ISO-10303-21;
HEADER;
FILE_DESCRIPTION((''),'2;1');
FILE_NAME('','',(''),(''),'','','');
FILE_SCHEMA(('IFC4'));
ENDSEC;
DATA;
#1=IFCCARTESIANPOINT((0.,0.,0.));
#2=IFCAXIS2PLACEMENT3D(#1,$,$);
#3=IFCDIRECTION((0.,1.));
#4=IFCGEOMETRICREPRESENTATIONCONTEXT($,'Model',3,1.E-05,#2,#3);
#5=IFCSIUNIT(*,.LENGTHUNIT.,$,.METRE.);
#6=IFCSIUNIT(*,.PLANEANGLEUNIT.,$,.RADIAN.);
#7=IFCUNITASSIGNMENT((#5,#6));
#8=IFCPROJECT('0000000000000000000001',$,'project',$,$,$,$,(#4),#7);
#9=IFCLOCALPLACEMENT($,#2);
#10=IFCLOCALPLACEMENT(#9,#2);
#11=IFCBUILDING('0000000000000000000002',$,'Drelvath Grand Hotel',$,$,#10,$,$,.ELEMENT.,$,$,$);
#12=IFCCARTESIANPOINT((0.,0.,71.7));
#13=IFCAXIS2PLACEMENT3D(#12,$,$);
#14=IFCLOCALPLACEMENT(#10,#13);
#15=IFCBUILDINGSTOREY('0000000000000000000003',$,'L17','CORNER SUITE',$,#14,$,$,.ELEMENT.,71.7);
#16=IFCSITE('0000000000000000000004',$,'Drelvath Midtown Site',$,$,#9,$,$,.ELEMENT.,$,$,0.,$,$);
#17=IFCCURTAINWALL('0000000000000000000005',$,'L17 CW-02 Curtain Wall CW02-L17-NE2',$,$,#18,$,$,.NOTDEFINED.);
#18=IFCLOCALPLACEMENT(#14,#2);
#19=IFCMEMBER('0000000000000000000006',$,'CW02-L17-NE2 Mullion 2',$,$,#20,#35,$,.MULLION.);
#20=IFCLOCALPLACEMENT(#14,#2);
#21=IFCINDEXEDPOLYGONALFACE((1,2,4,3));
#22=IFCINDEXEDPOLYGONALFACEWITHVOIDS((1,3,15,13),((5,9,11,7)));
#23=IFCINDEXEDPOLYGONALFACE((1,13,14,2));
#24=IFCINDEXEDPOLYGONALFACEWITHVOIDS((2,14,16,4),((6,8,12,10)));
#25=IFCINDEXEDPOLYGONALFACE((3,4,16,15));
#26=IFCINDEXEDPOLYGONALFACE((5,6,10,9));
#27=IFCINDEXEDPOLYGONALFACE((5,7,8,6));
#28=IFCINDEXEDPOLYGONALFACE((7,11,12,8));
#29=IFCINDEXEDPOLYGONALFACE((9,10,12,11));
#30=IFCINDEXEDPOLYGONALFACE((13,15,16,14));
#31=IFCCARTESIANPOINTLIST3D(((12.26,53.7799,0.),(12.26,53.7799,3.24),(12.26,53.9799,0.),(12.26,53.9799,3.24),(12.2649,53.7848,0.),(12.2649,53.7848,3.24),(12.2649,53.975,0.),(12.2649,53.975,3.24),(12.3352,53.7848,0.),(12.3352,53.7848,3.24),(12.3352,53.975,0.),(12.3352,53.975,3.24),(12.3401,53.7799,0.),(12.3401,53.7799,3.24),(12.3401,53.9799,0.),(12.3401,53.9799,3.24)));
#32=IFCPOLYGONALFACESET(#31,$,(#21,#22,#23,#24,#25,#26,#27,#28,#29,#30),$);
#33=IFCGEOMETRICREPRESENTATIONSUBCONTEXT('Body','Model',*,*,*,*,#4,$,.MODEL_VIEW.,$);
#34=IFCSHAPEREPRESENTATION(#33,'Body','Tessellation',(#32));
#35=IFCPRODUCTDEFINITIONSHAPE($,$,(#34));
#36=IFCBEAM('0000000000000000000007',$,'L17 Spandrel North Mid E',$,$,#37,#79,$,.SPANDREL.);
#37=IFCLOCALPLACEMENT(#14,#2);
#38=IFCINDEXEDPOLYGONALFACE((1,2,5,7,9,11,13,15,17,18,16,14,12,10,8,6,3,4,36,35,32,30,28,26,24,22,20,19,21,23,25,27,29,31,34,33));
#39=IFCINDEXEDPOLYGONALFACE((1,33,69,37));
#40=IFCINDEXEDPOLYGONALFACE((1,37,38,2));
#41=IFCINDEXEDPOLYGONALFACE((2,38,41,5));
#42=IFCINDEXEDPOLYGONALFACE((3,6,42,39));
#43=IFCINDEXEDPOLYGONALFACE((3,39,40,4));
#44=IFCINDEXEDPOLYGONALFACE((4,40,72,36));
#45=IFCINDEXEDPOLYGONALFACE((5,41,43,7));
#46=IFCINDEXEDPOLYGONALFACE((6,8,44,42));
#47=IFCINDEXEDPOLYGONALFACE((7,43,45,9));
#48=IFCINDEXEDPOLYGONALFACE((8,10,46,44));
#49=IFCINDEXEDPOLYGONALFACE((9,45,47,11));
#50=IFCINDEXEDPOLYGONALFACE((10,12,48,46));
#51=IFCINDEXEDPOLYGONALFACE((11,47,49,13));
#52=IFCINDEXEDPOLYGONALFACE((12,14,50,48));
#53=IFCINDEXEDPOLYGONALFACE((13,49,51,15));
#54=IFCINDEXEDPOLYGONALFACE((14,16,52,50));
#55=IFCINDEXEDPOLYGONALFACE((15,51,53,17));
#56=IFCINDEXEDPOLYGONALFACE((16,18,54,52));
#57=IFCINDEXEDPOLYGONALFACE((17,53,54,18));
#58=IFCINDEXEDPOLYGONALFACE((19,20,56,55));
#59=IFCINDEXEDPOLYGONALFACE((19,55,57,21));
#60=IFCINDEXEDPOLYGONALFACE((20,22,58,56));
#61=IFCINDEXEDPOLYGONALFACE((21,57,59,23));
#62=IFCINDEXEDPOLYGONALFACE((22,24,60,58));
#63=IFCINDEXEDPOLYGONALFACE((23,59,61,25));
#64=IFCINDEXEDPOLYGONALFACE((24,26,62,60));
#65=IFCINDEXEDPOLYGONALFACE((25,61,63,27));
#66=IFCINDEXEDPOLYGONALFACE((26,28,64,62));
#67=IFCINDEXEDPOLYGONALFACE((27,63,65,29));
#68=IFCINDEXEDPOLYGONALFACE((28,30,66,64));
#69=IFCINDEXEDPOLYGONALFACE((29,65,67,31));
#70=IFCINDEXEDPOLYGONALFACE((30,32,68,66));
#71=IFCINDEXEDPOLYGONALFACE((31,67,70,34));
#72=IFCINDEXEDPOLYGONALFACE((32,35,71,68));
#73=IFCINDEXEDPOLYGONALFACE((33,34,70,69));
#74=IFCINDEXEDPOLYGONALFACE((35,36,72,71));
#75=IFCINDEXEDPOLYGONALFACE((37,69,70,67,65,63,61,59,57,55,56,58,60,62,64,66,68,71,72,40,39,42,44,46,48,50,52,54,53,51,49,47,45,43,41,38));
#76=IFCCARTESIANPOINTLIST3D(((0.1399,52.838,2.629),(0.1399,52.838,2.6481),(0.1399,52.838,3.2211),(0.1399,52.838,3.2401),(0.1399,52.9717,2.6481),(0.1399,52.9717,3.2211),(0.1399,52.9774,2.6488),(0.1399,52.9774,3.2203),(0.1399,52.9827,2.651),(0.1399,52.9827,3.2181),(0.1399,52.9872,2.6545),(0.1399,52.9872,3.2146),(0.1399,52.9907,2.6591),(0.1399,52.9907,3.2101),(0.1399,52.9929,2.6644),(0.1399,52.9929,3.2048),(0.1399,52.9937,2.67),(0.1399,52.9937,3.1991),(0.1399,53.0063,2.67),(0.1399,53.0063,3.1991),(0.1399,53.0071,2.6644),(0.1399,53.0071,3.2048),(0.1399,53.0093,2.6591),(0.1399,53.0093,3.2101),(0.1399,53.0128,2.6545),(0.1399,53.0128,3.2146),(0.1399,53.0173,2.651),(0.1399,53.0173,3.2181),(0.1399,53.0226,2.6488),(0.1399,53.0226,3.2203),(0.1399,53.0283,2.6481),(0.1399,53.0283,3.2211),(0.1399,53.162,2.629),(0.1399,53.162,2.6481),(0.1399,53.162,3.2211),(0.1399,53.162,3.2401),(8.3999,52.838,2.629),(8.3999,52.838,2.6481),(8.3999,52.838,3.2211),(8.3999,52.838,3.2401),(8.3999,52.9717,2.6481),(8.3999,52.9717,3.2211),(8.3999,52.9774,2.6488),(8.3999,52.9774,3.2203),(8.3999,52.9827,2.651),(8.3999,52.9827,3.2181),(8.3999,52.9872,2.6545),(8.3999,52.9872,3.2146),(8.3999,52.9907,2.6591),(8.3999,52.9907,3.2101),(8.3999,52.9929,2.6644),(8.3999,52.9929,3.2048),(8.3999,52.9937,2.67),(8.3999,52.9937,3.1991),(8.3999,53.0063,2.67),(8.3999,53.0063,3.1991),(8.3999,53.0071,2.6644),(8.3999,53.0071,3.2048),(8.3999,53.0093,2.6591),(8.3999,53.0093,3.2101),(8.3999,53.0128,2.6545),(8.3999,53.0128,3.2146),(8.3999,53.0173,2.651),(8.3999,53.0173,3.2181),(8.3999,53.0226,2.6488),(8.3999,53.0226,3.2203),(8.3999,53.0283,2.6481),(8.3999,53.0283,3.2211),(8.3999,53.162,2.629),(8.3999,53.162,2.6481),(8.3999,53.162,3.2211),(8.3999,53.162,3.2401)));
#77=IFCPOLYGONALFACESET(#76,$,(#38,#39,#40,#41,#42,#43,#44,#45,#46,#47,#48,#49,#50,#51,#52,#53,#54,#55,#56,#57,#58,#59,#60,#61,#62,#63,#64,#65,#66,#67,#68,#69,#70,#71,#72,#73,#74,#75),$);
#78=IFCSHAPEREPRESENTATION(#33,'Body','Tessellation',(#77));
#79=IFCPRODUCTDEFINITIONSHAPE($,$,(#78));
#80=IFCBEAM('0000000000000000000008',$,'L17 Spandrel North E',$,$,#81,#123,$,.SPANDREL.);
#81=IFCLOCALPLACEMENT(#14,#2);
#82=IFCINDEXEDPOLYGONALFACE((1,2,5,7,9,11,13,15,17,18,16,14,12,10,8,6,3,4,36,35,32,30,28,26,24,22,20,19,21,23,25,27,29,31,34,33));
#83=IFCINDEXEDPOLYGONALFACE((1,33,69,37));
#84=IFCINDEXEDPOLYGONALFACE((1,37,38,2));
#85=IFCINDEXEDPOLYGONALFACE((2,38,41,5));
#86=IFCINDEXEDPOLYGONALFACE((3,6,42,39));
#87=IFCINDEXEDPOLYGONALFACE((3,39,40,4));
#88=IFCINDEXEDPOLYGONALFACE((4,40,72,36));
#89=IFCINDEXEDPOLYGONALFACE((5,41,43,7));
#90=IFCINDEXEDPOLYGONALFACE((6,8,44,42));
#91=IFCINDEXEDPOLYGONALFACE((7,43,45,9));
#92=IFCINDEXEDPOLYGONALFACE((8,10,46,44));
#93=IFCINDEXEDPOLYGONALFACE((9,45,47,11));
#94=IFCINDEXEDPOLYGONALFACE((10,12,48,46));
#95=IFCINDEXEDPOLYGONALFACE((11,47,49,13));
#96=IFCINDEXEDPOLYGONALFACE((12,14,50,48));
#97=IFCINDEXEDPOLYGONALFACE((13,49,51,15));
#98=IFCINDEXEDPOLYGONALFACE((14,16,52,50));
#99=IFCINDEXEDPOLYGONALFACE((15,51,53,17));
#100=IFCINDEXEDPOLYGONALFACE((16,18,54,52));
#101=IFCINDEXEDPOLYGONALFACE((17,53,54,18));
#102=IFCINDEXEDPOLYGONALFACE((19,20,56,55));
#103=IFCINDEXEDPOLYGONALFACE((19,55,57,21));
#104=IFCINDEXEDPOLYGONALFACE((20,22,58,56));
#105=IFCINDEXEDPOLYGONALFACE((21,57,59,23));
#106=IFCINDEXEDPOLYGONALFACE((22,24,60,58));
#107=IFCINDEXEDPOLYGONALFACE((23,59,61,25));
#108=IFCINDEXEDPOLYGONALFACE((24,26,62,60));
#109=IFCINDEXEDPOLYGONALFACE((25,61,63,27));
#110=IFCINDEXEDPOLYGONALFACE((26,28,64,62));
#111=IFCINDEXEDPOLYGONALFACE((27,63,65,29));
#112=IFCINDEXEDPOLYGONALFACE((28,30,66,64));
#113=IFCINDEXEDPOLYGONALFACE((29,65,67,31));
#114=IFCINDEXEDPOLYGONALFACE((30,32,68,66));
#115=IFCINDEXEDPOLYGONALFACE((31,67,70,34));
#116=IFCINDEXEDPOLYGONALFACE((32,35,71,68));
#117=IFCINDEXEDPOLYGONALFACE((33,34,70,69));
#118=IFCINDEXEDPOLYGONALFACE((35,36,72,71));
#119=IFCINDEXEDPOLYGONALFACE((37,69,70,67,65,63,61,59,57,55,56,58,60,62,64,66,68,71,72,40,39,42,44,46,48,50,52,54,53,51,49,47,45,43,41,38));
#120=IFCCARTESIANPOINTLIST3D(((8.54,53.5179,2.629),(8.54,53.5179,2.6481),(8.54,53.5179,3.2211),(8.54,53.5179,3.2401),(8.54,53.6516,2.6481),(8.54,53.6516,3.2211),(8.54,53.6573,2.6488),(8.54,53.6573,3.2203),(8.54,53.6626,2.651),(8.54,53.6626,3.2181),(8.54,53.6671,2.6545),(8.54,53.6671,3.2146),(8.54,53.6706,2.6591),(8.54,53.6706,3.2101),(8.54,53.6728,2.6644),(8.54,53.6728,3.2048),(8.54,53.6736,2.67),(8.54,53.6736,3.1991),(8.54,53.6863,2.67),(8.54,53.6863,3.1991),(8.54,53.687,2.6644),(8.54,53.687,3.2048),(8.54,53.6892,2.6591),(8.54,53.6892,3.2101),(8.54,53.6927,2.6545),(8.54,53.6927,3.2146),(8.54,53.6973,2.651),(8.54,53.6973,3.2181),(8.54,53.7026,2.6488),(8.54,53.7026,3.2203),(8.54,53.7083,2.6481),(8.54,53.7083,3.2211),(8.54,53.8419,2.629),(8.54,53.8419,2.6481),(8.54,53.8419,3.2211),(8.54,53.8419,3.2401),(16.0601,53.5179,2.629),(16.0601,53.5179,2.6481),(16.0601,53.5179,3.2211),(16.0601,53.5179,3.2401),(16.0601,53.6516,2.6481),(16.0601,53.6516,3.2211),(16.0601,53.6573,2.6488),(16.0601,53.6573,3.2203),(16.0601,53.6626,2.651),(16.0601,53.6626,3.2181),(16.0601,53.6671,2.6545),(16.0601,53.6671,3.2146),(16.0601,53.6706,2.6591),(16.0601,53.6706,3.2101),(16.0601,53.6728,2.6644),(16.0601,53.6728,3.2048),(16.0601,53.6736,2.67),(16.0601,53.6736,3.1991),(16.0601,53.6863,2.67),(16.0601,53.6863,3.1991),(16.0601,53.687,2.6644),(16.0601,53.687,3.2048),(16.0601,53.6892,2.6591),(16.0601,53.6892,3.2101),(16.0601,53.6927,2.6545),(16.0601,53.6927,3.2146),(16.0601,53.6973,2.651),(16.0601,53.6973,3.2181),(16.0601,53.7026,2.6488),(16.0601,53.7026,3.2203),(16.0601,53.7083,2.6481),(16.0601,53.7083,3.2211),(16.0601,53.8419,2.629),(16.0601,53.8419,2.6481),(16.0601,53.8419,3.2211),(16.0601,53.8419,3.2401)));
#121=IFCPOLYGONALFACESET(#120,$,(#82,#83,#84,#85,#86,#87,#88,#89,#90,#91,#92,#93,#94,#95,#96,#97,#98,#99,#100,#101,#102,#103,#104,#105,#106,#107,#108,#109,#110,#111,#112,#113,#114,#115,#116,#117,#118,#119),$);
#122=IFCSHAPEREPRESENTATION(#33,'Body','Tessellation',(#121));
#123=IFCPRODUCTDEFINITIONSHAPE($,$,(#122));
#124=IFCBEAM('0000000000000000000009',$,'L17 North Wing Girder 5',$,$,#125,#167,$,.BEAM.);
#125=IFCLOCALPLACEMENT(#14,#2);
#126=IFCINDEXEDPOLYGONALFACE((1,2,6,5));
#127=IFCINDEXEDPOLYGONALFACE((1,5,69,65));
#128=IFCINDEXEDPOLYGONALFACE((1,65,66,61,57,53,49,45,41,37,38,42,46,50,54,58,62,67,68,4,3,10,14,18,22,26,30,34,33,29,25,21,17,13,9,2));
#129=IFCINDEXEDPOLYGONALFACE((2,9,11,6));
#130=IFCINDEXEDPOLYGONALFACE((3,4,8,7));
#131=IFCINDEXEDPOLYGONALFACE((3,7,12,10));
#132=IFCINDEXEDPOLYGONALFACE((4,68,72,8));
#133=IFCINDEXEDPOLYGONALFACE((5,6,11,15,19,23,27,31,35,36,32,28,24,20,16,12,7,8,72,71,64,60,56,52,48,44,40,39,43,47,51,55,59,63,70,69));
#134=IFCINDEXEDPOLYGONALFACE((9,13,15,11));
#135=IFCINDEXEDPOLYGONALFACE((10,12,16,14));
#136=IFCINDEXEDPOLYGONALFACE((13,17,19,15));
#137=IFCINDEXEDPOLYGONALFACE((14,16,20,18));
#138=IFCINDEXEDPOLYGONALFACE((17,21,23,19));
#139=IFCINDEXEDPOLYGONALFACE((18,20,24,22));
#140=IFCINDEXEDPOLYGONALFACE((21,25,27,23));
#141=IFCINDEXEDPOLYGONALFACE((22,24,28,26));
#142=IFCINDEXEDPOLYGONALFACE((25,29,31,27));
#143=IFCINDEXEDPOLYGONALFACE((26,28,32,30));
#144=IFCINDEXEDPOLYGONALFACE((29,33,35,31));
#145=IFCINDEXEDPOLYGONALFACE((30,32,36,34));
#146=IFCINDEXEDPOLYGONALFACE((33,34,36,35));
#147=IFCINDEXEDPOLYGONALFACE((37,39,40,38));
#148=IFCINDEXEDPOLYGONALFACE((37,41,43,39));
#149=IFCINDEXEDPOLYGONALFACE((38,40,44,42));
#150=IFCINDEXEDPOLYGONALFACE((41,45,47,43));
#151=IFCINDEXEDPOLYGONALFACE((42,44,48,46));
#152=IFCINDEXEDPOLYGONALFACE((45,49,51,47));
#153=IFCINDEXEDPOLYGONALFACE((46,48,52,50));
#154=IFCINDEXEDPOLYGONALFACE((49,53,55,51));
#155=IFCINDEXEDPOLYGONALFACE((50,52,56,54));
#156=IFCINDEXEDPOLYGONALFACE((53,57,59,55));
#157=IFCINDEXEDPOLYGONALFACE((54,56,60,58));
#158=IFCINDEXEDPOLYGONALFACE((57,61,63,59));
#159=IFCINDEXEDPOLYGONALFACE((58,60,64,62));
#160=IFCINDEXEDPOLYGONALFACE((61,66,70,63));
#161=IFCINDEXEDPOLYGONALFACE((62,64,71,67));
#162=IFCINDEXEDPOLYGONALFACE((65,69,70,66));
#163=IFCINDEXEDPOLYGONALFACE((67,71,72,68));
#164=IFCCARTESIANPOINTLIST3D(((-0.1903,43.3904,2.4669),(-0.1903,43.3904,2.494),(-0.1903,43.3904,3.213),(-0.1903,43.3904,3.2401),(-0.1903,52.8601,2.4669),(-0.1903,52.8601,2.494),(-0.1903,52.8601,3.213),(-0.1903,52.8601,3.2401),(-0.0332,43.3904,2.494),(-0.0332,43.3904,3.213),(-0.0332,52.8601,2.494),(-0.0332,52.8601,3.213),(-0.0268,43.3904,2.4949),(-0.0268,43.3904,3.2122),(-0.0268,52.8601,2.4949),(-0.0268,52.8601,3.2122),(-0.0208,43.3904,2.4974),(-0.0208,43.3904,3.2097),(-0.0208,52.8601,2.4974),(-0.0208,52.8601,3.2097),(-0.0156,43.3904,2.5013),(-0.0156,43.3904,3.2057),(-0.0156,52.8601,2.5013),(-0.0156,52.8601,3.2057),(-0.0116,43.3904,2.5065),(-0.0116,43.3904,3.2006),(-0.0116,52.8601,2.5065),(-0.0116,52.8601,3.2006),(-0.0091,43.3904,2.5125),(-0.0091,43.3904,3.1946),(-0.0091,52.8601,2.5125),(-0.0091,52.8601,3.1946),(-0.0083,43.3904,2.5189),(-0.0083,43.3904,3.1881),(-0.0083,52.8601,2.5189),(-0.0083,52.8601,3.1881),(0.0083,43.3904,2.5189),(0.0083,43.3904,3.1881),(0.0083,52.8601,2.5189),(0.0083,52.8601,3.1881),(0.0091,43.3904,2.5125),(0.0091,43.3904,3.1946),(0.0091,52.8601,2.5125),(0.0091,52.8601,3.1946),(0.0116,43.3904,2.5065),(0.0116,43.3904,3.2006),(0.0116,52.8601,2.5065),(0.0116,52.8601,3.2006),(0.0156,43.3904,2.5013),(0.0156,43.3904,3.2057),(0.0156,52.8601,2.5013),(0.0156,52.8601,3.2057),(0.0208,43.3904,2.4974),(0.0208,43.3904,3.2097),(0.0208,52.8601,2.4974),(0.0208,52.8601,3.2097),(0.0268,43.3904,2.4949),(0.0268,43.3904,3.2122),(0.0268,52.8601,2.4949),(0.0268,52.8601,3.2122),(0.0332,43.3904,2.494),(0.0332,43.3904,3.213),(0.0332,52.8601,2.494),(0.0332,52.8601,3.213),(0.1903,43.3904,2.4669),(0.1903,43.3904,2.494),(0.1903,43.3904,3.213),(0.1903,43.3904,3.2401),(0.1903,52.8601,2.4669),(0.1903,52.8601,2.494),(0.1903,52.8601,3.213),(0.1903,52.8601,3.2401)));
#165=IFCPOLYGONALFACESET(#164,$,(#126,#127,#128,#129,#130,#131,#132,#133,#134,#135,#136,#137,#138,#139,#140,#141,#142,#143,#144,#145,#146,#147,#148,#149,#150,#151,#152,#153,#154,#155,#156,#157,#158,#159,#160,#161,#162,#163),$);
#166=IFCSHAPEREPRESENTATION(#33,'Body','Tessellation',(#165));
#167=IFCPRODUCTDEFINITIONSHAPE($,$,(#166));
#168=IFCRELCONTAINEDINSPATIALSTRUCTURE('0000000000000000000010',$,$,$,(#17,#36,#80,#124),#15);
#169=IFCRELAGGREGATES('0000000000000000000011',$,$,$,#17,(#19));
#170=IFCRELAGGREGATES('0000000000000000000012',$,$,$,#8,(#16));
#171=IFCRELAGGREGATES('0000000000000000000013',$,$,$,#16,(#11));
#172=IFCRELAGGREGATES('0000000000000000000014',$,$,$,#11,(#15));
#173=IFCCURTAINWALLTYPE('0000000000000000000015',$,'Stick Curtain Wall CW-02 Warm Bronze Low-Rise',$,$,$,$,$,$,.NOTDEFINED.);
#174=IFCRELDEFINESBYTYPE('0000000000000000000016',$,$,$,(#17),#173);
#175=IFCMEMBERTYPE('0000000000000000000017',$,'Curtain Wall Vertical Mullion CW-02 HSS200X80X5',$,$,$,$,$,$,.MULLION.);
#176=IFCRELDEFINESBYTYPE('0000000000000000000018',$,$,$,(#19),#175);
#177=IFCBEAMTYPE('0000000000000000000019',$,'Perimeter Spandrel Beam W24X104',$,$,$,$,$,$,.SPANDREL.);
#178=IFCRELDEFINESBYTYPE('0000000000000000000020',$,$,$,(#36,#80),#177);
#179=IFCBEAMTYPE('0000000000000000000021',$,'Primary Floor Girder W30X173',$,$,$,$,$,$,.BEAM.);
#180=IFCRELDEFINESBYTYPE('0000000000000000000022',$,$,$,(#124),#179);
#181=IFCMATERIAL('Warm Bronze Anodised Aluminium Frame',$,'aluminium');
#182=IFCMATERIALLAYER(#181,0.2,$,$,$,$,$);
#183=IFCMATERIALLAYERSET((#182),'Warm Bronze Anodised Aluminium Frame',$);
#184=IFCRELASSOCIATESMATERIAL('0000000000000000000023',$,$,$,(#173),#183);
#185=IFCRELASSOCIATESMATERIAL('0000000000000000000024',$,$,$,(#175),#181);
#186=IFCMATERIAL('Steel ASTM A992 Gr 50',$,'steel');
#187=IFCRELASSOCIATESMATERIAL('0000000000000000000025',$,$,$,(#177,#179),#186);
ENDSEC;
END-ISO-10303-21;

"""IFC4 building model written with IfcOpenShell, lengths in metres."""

from ifc_helpers import new_model, si_unit, direction, frame, origin, origin_2d, place, context, subcontext, project, spatial, hollow_rectangle, i_section, extrude, material, layer, layer_set, material_profile, profile_set, type_object, element, aggregate, save


model = new_model("IFC4")

# Units and contexts
model_context = context("Model", 3, precision=1e-05, world=origin(), true_north=direction((0.0, 1.0)))
body_context = subcontext(model_context, "Body", "Model", "MODEL_VIEW")
ifc_project = project(units=[si_unit("LENGTHUNIT", "METRE"), si_unit("PLANEANGLEUNIT", "RADIAN")], contexts=[model_context])

# Site, building, storey
site_placement = place(None, origin())
site = spatial("IfcSite", under=ifc_project, at=site_placement, Name="Drelvath Midtown Site", CompositionType="ELEMENT", RefElevation=0.0)
building_placement = place(site_placement, origin())
building = spatial("IfcBuilding", under=site, at=building_placement, Name="Drelvath Grand Hotel", CompositionType="ELEMENT")
storey_placement = place(building_placement, frame((0.0, 0.0, 71.7)))
storey = spatial("IfcBuildingStorey", under=building, at=storey_placement, Name="L17", Description="CORNER SUITE", CompositionType="ELEMENT", Elevation=71.7)

# Curtain wall
ifc_material_1 = material(Name="Warm Bronze Anodised Aluminium Frame", Category="aluminium")
ifc_layer_1 = layer(ifc_material_1, 0.2)
ifc_layer_set_1 = layer_set([ifc_layer_1], Name="Warm Bronze Anodised Aluminium Frame")
curtain_wall_type = type_object("IfcCurtainWallType", Name="Stick Curtain Wall CW-02 Warm Bronze Low-Rise", PredefinedType="NOTDEFINED", material=ifc_layer_set_1)
curtain_wall_1_placement = place(storey_placement, origin())
curtain_wall_1 = element("IfcCurtainWall", 1, at=curtain_wall_1_placement, inside=storey, type_object=curtain_wall_type, Name="L17 CW-02 Curtain Wall CW02-L17-NE2", PredefinedType="NOTDEFINED")

# Member
ifc_material_profile_1 = material_profile(ifc_material_1, hollow_rectangle(XDim=0.0801, YDim=0.2, WallThickness=0.0049, at=origin_2d()), Name="HSS200X80X5")
ifc_profile_set_1 = profile_set([ifc_material_profile_1], Name="Warm Bronze Anodised Aluminium Frame")
member_type_1 = type_object("IfcMemberType", Name="Curtain Wall Vertical Mullion CW-02 HSS200X80X5", PredefinedType="MULLION", material=ifc_profile_set_1)
member_1_placement = place(storey_placement, frame((12.3, 53.8799, 0.0), z_axis=(0.0, 0.0, 1.0), x_axis=(1.0, 0.0, 0.0)))
member_1 = element("IfcMember", 2, at=member_1_placement, type_object=member_type_1, Name="CW02-L17-NE2 Mullion 2", PredefinedType="MULLION", context=body_context, shape_type="SweptSolid", body=[
    extrude(hollow_rectangle(XDim=0.0801, YDim=0.2, WallThickness=0.0049, at=origin_2d()), origin(), (0.0, 0.0, 1.0), 3.24),
])

# Beams
ifc_material_2 = material(Name="Steel ASTM A992 Gr 50", Category="steel")
ifc_material_profile_2 = material_profile(ifc_material_2, i_section(OverallWidth=0.324, OverallDepth=0.6111, WebThickness=0.0127, FlangeThickness=0.019, FilletRadius=0.022, at=origin_2d()), Name="W24X104")
ifc_profile_set_2 = profile_set([ifc_material_profile_2], Name="Steel ASTM A992 Gr 50")
beam_type_1 = type_object("IfcBeamType", Name="Perimeter Spandrel Beam W24X104", PredefinedType="SPANDREL", material=ifc_profile_set_2)
beam_1_placement = place(storey_placement, frame((0.1399, 53.0, 2.9346), z_axis=(1.0, 0.0, 0.0), x_axis=(0.0, 1.0, 0.0)))
element("IfcBeam", 3, at=beam_1_placement, inside=storey, type_object=beam_type_1, Name="L17 Spandrel North Mid E", PredefinedType="SPANDREL", context=body_context, shape_type="SweptSolid", body=[
    extrude(i_section(OverallWidth=0.324, OverallDepth=0.6111, WebThickness=0.0127, FlangeThickness=0.019, FilletRadius=0.022, at=origin_2d()), origin(), (0.0, 0.0, 1.0), 8.26),
])
beam_2_placement = place(storey_placement, frame((8.54, 53.6799, 2.9346), z_axis=(1.0, 0.0, 0.0), x_axis=(0.0, 1.0, 0.0)))
element("IfcBeam", 4, at=beam_2_placement, inside=storey, type_object=beam_type_1, Name="L17 Spandrel North E", PredefinedType="SPANDREL", context=body_context, shape_type="SweptSolid", body=[
    extrude(i_section(OverallWidth=0.324, OverallDepth=0.6111, WebThickness=0.0127, FlangeThickness=0.019, FilletRadius=0.022, at=origin_2d()), origin(), (0.0, 0.0, 1.0), 7.52),
])
ifc_material_profile_3 = material_profile(ifc_material_2, i_section(OverallWidth=0.3806, OverallDepth=0.7732, WebThickness=0.0166, FlangeThickness=0.0271, FilletRadius=0.0249, at=origin_2d()), Name="W30X173")
ifc_profile_set_3 = profile_set([ifc_material_profile_3], Name="Steel ASTM A992 Gr 50")
beam_type_2 = type_object("IfcBeamType", Name="Primary Floor Girder W30X173", PredefinedType="BEAM", material=ifc_profile_set_3)
beam_3_placement = place(storey_placement, frame((0.0, 43.3904, 2.8535), z_axis=(0.0, 1.0, 0.0), x_axis=(-1.0, 0.0, 0.0)))
element("IfcBeam", 5, at=beam_3_placement, inside=storey, type_object=beam_type_2, Name="L17 North Wing Girder 5", PredefinedType="BEAM", context=body_context, shape_type="SweptSolid", body=[
    extrude(i_section(OverallWidth=0.3806, OverallDepth=0.7732, WebThickness=0.0166, FlangeThickness=0.0271, FilletRadius=0.0249, at=origin_2d()), origin(), (0.0, 0.0, 1.0), 9.4697),
])

aggregate(curtain_wall_1, [member_1])

save(model, "model.ifc")
